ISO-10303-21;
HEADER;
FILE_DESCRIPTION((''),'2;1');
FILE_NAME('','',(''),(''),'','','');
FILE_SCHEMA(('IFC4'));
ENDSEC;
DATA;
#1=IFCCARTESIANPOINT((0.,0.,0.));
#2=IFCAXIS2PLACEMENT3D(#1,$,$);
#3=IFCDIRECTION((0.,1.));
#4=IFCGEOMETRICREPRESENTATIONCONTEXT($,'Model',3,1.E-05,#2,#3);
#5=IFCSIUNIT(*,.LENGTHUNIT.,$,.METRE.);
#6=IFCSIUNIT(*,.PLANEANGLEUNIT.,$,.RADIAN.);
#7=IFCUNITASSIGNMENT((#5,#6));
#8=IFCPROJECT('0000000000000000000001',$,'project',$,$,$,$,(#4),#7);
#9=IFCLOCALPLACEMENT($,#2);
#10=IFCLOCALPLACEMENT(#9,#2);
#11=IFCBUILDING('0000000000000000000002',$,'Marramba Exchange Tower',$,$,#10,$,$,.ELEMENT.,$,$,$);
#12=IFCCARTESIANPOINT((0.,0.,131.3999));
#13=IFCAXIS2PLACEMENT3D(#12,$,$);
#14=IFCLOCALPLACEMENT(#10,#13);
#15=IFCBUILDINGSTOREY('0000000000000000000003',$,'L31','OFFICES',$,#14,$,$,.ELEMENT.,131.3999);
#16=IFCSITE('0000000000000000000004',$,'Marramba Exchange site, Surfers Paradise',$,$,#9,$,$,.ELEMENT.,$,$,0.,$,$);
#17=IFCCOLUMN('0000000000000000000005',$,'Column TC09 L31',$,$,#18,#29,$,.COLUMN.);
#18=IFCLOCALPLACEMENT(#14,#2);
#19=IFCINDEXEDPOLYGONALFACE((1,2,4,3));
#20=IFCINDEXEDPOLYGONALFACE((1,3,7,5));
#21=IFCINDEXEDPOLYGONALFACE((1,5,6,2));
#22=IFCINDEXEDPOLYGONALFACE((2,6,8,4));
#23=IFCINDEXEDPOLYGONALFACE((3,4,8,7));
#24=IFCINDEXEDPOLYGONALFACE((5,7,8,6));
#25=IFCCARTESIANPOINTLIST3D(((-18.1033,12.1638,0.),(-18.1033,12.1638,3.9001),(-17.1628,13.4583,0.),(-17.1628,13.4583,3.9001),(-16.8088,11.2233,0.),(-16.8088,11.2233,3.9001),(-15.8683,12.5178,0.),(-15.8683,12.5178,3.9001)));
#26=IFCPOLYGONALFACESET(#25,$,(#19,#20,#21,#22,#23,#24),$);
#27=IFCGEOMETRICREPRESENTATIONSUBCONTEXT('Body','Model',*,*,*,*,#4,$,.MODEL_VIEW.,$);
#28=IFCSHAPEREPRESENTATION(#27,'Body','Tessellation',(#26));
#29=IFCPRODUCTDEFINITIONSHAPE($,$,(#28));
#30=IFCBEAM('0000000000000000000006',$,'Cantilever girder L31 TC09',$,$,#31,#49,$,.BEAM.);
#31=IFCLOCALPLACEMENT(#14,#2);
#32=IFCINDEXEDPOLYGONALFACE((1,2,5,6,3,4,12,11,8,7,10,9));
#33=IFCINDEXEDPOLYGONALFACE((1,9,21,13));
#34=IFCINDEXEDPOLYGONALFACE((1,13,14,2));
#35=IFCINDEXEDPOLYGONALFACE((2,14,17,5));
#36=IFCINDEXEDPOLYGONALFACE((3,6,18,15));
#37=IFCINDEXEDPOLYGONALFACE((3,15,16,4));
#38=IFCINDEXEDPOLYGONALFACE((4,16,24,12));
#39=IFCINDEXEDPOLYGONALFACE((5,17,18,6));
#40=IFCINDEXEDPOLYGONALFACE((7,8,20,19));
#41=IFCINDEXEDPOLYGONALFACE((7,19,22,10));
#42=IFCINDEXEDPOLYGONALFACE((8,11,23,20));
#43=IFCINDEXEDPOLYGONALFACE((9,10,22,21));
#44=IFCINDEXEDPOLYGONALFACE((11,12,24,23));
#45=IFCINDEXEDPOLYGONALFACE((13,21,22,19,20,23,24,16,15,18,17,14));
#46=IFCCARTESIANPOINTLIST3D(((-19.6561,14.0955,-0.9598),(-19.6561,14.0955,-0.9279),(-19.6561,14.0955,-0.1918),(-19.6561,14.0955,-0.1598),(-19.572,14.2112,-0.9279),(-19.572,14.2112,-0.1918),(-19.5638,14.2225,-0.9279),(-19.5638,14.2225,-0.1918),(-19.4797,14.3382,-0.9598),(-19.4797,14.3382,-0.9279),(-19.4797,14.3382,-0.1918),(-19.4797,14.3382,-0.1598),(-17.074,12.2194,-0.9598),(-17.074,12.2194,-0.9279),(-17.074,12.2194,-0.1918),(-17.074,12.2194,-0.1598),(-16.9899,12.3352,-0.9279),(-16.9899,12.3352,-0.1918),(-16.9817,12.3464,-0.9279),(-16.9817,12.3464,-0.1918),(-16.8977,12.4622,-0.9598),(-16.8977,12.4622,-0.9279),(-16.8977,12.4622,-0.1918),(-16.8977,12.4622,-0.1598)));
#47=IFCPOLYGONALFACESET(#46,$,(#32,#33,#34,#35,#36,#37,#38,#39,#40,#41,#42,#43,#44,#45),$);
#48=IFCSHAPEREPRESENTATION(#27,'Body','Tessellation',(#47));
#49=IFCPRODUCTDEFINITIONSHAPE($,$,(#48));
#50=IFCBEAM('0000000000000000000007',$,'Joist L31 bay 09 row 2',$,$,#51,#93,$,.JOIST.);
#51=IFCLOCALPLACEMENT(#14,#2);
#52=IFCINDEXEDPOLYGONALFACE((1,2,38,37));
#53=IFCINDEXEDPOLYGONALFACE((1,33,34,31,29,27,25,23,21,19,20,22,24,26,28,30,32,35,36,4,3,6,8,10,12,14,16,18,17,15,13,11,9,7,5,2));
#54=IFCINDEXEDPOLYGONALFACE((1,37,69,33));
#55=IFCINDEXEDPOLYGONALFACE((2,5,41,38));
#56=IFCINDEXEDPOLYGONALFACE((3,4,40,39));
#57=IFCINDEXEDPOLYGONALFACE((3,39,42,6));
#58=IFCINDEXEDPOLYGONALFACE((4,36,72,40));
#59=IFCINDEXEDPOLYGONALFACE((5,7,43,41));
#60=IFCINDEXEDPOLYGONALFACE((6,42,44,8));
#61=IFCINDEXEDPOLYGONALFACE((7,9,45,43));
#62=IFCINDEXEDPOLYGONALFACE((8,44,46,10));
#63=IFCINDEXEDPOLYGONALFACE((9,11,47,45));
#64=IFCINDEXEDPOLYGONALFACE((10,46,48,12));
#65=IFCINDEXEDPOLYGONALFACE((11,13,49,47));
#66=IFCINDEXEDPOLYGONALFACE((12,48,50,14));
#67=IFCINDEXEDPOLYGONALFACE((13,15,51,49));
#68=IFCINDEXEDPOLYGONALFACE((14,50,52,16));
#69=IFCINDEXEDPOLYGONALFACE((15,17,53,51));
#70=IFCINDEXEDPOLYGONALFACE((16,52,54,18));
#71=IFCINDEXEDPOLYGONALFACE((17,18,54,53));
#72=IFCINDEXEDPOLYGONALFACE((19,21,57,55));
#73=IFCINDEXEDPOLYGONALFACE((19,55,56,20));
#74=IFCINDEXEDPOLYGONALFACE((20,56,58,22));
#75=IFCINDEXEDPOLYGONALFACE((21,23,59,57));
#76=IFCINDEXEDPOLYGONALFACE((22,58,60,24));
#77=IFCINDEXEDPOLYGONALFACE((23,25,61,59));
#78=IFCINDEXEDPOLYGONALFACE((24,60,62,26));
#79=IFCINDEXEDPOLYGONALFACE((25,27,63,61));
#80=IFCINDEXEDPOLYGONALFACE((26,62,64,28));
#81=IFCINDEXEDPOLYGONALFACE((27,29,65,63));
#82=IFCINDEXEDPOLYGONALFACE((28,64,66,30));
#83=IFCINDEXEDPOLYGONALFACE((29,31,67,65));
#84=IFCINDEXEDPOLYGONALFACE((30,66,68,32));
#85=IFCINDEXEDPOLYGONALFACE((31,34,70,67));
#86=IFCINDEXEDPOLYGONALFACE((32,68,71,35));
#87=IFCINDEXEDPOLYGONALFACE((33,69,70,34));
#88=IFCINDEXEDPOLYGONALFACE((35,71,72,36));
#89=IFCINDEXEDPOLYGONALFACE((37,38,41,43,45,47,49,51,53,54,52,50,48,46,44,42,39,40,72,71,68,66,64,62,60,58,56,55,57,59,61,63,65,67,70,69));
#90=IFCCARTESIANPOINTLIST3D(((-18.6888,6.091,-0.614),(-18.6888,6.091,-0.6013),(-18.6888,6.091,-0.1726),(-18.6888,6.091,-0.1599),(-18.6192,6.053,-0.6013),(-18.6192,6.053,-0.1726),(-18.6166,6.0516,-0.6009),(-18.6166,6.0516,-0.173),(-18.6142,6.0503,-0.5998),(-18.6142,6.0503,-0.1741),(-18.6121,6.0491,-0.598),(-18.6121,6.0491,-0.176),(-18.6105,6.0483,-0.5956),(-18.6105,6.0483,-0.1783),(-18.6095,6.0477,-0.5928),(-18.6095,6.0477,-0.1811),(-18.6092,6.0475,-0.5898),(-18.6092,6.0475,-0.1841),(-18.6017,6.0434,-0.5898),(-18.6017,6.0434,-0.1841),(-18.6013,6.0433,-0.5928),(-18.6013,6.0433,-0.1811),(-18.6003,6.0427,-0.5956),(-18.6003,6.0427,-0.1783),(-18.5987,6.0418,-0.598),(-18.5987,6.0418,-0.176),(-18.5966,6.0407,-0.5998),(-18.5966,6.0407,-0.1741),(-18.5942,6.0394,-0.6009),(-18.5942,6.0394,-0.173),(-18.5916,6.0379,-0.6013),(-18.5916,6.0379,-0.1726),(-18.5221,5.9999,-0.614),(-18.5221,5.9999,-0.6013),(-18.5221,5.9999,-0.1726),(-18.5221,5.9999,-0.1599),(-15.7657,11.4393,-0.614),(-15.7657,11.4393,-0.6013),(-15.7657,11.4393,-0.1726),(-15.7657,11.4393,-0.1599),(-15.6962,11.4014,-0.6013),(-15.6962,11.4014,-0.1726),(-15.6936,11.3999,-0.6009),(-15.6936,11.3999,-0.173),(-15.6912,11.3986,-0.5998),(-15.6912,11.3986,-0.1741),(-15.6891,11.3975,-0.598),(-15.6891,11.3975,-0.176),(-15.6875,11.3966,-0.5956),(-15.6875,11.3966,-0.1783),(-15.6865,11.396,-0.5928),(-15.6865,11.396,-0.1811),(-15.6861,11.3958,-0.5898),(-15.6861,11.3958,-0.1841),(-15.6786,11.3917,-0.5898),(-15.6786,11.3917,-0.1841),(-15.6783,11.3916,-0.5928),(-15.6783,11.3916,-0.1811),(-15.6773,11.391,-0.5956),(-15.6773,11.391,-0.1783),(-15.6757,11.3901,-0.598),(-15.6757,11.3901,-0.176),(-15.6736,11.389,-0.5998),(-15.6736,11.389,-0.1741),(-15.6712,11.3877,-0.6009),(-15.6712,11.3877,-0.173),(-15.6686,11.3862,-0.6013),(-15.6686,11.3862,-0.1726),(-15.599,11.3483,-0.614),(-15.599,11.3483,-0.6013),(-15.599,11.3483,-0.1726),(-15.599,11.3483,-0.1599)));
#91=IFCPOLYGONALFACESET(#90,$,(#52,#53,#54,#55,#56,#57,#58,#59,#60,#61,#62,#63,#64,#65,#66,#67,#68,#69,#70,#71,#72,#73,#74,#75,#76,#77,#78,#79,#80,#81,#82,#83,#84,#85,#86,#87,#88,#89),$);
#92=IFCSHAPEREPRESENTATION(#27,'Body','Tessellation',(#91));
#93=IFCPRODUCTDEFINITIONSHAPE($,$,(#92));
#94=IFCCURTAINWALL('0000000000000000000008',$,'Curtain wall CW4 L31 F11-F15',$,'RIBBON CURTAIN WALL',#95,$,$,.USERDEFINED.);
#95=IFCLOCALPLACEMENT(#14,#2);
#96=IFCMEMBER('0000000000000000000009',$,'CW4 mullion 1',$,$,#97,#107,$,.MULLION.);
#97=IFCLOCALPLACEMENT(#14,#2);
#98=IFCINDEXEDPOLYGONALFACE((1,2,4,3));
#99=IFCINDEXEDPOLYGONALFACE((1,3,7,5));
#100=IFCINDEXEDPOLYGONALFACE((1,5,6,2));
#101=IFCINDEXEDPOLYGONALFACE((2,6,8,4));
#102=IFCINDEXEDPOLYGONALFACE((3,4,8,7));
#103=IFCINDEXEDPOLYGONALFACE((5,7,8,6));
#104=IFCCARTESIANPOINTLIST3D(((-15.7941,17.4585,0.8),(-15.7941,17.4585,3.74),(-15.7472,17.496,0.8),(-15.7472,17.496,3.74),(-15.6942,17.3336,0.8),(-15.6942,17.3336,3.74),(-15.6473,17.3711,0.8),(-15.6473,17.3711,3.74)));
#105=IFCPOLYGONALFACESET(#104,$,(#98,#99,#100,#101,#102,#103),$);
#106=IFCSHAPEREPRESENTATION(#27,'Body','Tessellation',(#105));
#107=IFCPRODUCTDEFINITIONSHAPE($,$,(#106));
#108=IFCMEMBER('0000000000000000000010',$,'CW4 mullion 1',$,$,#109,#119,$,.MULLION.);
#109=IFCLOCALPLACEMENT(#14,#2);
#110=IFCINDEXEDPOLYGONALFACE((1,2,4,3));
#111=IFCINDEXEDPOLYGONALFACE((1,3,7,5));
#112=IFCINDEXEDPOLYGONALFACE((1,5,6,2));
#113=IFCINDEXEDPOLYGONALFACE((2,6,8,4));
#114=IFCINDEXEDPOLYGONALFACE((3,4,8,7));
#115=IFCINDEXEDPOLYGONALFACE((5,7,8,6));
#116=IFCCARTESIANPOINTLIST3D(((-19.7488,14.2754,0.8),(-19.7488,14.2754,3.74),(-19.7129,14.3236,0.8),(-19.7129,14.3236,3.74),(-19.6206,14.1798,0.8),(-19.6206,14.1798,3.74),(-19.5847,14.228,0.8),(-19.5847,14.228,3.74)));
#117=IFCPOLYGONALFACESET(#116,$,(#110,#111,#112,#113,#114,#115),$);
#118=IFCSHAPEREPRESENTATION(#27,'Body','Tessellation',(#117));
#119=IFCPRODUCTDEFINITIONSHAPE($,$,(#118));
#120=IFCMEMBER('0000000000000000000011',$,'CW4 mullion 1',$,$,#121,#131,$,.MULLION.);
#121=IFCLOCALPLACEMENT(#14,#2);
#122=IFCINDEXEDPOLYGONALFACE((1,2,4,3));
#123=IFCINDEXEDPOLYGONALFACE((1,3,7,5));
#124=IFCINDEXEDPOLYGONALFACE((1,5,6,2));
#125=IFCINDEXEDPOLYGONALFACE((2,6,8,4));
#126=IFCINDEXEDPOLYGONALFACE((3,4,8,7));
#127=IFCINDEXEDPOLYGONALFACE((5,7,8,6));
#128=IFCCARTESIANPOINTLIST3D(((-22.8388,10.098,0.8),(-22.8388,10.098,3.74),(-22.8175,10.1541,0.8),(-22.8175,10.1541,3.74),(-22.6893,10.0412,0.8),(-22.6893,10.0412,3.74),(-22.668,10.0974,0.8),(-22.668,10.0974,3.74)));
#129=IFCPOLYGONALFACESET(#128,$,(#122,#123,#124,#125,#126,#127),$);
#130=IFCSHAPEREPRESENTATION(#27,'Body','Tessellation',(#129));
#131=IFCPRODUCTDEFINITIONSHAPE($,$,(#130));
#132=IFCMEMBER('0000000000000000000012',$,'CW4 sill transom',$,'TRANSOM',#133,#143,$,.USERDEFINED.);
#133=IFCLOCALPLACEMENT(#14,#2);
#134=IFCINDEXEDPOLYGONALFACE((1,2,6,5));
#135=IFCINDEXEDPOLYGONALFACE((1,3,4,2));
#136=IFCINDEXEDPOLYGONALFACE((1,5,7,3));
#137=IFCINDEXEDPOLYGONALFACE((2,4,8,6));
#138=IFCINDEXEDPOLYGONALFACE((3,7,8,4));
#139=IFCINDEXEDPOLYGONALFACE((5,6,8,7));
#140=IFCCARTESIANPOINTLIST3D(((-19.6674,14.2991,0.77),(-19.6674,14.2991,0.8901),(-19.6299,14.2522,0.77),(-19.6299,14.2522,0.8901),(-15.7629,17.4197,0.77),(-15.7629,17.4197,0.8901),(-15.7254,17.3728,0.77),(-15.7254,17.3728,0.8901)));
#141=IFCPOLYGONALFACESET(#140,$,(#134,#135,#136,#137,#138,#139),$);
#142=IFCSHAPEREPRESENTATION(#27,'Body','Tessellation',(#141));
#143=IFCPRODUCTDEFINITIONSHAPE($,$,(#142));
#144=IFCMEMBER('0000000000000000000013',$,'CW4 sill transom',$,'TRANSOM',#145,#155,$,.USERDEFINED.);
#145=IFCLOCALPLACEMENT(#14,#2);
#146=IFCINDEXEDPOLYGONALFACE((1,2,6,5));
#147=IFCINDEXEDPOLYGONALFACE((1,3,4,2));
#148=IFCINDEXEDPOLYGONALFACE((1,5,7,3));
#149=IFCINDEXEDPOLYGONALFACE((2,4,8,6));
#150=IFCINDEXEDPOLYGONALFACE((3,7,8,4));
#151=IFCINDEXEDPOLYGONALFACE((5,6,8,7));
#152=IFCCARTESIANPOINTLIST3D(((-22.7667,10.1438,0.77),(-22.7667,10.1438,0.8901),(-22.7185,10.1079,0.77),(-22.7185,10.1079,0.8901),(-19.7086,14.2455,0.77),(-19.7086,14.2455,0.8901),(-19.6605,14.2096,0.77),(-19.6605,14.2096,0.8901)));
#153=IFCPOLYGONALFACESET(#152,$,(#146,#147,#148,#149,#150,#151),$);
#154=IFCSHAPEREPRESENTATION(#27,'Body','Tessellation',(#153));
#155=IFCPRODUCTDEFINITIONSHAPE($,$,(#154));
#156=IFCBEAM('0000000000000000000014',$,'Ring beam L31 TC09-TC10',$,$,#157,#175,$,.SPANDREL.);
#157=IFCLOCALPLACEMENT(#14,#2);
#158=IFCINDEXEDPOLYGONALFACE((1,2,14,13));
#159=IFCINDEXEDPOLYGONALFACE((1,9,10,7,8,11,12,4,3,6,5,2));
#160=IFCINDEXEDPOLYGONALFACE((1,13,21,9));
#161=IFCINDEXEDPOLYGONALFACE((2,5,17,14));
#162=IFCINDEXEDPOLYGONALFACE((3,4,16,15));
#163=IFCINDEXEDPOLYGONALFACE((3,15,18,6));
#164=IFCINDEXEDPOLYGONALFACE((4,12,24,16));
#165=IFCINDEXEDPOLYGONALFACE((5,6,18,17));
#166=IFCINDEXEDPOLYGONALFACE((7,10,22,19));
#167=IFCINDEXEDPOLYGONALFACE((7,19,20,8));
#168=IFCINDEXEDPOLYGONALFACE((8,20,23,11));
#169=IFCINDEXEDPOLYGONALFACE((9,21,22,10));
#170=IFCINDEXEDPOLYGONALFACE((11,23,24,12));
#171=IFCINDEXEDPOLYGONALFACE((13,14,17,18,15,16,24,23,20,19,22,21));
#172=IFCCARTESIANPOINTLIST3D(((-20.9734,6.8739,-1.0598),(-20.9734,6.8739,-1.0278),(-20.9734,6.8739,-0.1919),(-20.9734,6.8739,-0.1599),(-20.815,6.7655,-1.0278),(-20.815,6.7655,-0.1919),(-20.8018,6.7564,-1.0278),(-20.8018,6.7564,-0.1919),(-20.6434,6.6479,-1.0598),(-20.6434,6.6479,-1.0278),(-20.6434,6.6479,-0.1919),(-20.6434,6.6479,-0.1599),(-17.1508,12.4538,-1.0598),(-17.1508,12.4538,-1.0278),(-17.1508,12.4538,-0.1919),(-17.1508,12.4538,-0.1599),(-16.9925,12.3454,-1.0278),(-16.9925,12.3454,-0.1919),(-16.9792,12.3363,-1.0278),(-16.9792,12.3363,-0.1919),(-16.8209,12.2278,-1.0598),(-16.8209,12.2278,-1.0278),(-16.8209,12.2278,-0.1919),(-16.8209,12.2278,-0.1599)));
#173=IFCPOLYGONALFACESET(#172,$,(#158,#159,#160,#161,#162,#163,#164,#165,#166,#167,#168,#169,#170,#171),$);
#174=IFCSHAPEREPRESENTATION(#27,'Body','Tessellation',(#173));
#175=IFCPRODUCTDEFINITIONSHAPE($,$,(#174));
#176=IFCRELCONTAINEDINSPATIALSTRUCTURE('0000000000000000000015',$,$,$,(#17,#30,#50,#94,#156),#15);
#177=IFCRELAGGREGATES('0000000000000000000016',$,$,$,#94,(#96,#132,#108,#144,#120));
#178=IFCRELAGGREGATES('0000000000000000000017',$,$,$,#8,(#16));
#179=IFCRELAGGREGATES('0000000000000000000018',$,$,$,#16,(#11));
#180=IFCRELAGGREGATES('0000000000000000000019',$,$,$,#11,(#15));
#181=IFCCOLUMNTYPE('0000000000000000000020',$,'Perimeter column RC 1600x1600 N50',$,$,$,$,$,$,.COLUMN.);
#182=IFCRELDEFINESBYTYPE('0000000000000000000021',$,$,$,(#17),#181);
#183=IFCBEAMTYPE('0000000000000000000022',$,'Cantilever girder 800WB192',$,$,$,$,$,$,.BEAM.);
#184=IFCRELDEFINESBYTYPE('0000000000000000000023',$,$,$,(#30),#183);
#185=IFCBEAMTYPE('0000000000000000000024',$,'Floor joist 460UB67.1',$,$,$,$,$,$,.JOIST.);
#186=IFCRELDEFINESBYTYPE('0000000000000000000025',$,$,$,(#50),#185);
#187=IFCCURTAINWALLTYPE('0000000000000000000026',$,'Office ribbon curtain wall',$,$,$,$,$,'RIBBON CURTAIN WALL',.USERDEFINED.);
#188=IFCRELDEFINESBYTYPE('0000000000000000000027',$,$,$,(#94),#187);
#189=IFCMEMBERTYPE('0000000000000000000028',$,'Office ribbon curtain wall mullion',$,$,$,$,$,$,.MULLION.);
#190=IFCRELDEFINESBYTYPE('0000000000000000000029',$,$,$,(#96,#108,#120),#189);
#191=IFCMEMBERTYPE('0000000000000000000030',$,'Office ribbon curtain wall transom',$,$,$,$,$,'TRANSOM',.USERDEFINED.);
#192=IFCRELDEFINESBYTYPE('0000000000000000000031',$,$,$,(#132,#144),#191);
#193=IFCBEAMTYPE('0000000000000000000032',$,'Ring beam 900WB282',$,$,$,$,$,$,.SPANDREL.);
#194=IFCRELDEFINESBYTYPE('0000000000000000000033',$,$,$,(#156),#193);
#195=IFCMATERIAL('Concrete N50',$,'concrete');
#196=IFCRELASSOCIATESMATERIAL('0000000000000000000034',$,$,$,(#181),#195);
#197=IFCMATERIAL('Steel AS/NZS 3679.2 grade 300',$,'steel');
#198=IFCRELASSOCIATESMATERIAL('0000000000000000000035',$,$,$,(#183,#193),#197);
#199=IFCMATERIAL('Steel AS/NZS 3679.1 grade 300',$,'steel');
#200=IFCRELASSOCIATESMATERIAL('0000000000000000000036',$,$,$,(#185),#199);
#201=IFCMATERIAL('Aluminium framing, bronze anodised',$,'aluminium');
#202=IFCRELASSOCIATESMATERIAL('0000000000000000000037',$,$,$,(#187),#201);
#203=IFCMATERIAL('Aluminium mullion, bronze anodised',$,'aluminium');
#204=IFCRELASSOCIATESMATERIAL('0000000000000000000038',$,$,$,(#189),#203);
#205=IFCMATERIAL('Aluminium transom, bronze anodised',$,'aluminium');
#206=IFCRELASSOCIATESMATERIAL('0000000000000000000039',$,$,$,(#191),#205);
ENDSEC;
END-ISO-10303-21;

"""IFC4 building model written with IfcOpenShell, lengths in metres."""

from ifc_helpers import new_model, si_unit, direction, frame, origin, origin_2d, place, context, subcontext, project, spatial, rectangle, i_section, extrude, material, material_profile, profile_set, type_object, element, aggregate, save


model = new_model("IFC4")

# Units and contexts
model_context = context("Model", 3, precision=1e-05, world=origin(), true_north=direction((0.0, 1.0)))
body_context = subcontext(model_context, "Body", "Model", "MODEL_VIEW")
ifc_project = project(units=[si_unit("LENGTHUNIT", "METRE"), si_unit("PLANEANGLEUNIT", "RADIAN")], contexts=[model_context])

# Site, building, storey
site_placement = place(None, origin())
site = spatial("IfcSite", under=ifc_project, at=site_placement, Name="Marramba Exchange site, Surfers Paradise", CompositionType="ELEMENT", RefElevation=0.0)
building_placement = place(site_placement, origin())
building = spatial("IfcBuilding", under=site, at=building_placement, Name="Marramba Exchange Tower", CompositionType="ELEMENT")
storey_placement = place(building_placement, frame((0.0, 0.0, 131.3999)))
storey = spatial("IfcBuildingStorey", under=building, at=storey_placement, Name="L31", Description="OFFICES", CompositionType="ELEMENT", Elevation=131.3999)

# Column
ifc_material_1 = material(Name="Concrete N50", Category="concrete")
ifc_material_profile_1 = material_profile(ifc_material_1, rectangle(XDim=1.6001, YDim=1.6001, at=origin_2d()), Name="RC 1600x1600")
ifc_profile_set_1 = profile_set([ifc_material_profile_1], Name="Concrete N50")
column_type = type_object("IfcColumnType", Name="Perimeter column RC 1600x1600 N50", PredefinedType="COLUMN", material=ifc_profile_set_1)
column_placement = place(storey_placement, frame((-16.9858, 12.3408, 0.0), z_axis=(0.0, 0.0, 1.0), x_axis=(-0.809017, 0.587785, 0.0)))
element("IfcColumn", 1, at=column_placement, inside=storey, type_object=column_type, Name="Column TC09 L31", PredefinedType="COLUMN", context=body_context, shape_type="SweptSolid", body=[
    extrude(rectangle(XDim=1.6001, YDim=1.6001, at=origin_2d()), origin(), (0.0, 0.0, 1.0), 3.9001),
])

# Beams
ifc_material_2 = material(Name="Steel AS/NZS 3679.2 grade 300", Category="steel")
ifc_material_profile_2 = material_profile(ifc_material_2, i_section(OverallWidth=0.3, OverallDepth=0.8, WebThickness=0.0139, FlangeThickness=0.032, at=origin_2d()), Name="800WB192")
ifc_profile_set_2 = profile_set([ifc_material_profile_2], Name="Steel AS/NZS 3679.2 grade 300")
beam_type_1 = type_object("IfcBeamType", Name="Cantilever girder 800WB192", PredefinedType="BEAM", material=ifc_profile_set_2)
beam_1_placement = place(storey_placement, frame((-16.9858, 12.3408, -0.5598), z_axis=(-0.809014, 0.58779, 0.0), x_axis=(-0.58779, -0.809014, 0.0)))
element("IfcBeam", 2, at=beam_1_placement, inside=storey, type_object=beam_type_1, Name="Cantilever girder L31 TC09", PredefinedType="BEAM", context=body_context, shape_type="SweptSolid", body=[
    extrude(i_section(OverallWidth=0.3, OverallDepth=0.8, WebThickness=0.0139, FlangeThickness=0.032, at=origin_2d()), origin(), (0.0, 0.0, 1.0), 3.1917),
])
ifc_material_3 = material(Name="Steel AS/NZS 3679.1 grade 300", Category="steel")
ifc_material_profile_3 = material_profile(ifc_material_3, i_section(OverallWidth=0.1899, OverallDepth=0.4541, WebThickness=0.0085, FlangeThickness=0.0127, FilletRadius=0.0115, at=origin_2d()), Name="460UB67.1")
ifc_profile_set_3 = profile_set([ifc_material_profile_3], Name="Steel AS/NZS 3679.1 grade 300")
beam_type_2 = type_object("IfcBeamType", Name="Floor joist 460UB67.1", PredefinedType="JOIST", material=ifc_profile_set_3)
beam_2_placement = place(storey_placement, frame((-15.6824, 11.3938, -0.387), z_axis=(-0.479584, -0.877496, 0.0), x_axis=(0.877496, -0.479584, 0.0)))
element("IfcBeam", 3, at=beam_2_placement, inside=storey, type_object=beam_type_2, Name="Joist L31 bay 09 row 2", PredefinedType="JOIST", context=body_context, shape_type="SweptSolid", body=[
    extrude(i_section(OverallWidth=0.1899, OverallDepth=0.4541, WebThickness=0.0085, FlangeThickness=0.0127, FilletRadius=0.0115, at=origin_2d()), origin(), (0.0, 0.0, 1.0), 6.095),
])

# Curtain wall, members
ifc_material_4 = material(Name="Aluminium framing, bronze anodised", Category="aluminium")
curtain_wall_type = type_object("IfcCurtainWallType", Name="Office ribbon curtain wall", ElementType="RIBBON CURTAIN WALL", PredefinedType="USERDEFINED", material=ifc_material_4)
curtain_wall_placement = place(storey_placement, origin())
curtain_wall = element("IfcCurtainWall", 4, at=curtain_wall_placement, inside=storey, type_object=curtain_wall_type, Name="Curtain wall CW4 L31 F11-F15", ObjectType="RIBBON CURTAIN WALL", PredefinedType="USERDEFINED")
ifc_material_5 = material(Name="Aluminium mullion, bronze anodised", Category="aluminium")
ifc_material_profile_4 = material_profile(ifc_material_5, rectangle(XDim=0.1599, YDim=0.0601, at=origin_2d()), Name="CW4 mullion 60x160")
ifc_profile_set_4 = profile_set([ifc_material_profile_4], Name="Aluminium mullion, bronze anodised")
member_type_1 = type_object("IfcMemberType", Name="Office ribbon curtain wall mullion", PredefinedType="MULLION", material=ifc_profile_set_4)
member_1_placement = place(storey_placement, frame((-15.7207, 17.4148, 0.8), z_axis=(0.0, 0.0, 1.0), x_axis=(0.624308, -0.781178, 0.0)))
member_1 = element("IfcMember", 5, at=member_1_placement, type_object=member_type_1, Name="CW4 mullion 1", PredefinedType="MULLION", context=body_context, shape_type="SweptSolid", body=[
    extrude(rectangle(XDim=0.1599, YDim=0.0601, at=origin_2d()), origin(), (0.0, 0.0, 1.0), 2.9399),
])
member_2_placement = place(storey_placement, frame((-19.6667, 14.2517, 0.8), z_axis=(0.0, 0.0, 1.0), x_axis=(0.801717, -0.597704, 0.0)))
member_2 = element("IfcMember", 6, at=member_2_placement, type_object=member_type_1, Name="CW4 mullion 1", PredefinedType="MULLION", context=body_context, shape_type="SweptSolid", body=[
    extrude(rectangle(XDim=0.1599, YDim=0.0601, at=origin_2d()), origin(), (0.0, 0.0, 1.0), 2.9399),
])
member_3_placement = place(storey_placement, frame((-22.7534, 10.0977, 0.8), z_axis=(0.0, 0.0, 1.0), x_axis=(0.934925, -0.354844, 0.0)))
member_3 = element("IfcMember", 7, at=member_3_placement, type_object=member_type_1, Name="CW4 mullion 1", PredefinedType="MULLION", context=body_context, shape_type="SweptSolid", body=[
    extrude(rectangle(XDim=0.1599, YDim=0.0601, at=origin_2d()), origin(), (0.0, 0.0, 1.0), 2.9399),
])
ifc_material_6 = material(Name="Aluminium transom, bronze anodised", Category="aluminium")
ifc_material_profile_5 = material_profile(ifc_material_6, rectangle(XDim=0.0601, YDim=0.1201, at=origin_2d()), Name="CW4 transom 60x120")
ifc_profile_set_5 = profile_set([ifc_material_profile_5], Name="Aluminium transom, bronze anodised")
member_type_2 = type_object("IfcMemberType", Name="Office ribbon curtain wall transom", ElementType="TRANSOM", PredefinedType="USERDEFINED", material=ifc_profile_set_5)
member_4_placement = place(storey_placement, frame((-15.7441, 17.3962, 0.8301), z_axis=(-0.781164, -0.624326, 0.0), x_axis=(0.624326, -0.781164, 0.0)))
member_4 = element("IfcMember", 8, at=member_4_placement, type_object=member_type_2, Name="CW4 sill transom", ObjectType="TRANSOM", PredefinedType="USERDEFINED", context=body_context, shape_type="SweptSolid", body=[
    extrude(rectangle(XDim=0.0601, YDim=0.1201, at=origin_2d()), origin(), (0.0, 0.0, 1.0), 4.9983),
])
member_5_placement = place(storey_placement, frame((-19.6846, 14.2275, 0.8301), z_axis=(-0.597715, -0.801709, 0.0), x_axis=(0.801709, -0.597715, 0.0)))
member_5 = element("IfcMember", 9, at=member_5_placement, type_object=member_type_2, Name="CW4 sill transom", ObjectType="TRANSOM", PredefinedType="USERDEFINED", context=body_context, shape_type="SweptSolid", body=[
    extrude(rectangle(XDim=0.0601, YDim=0.1201, at=origin_2d()), origin(), (0.0, 0.0, 1.0), 5.1162),
])

# Beam
ifc_material_profile_6 = material_profile(ifc_material_2, i_section(OverallWidth=0.3999, OverallDepth=0.8999, WebThickness=0.0161, FlangeThickness=0.032, at=origin_2d()), Name="900WB282")
ifc_profile_set_6 = profile_set([ifc_material_profile_6], Name="Steel AS/NZS 3679.2 grade 300")
beam_type_3 = type_object("IfcBeamType", Name="Ring beam 900WB282", PredefinedType="SPANDREL", material=ifc_profile_set_6)
beam_3_placement = place(storey_placement, frame((-16.9858, 12.3408, -0.6099), z_axis=(-0.56516, -0.824981, 0.0), x_axis=(0.824981, -0.56516, 0.0)))
element("IfcBeam", 10, at=beam_3_placement, inside=storey, type_object=beam_type_3, Name="Ring beam L31 TC09-TC10", PredefinedType="SPANDREL", context=body_context, shape_type="SweptSolid", body=[
    extrude(i_section(OverallWidth=0.3999, OverallDepth=0.8999, WebThickness=0.0161, FlangeThickness=0.032, at=origin_2d()), origin(), (0.0, 0.0, 1.0), 6.7637),
])

aggregate(curtain_wall, [member_1, member_4, member_2, member_5, member_3])

save(model, "model.ifc")
